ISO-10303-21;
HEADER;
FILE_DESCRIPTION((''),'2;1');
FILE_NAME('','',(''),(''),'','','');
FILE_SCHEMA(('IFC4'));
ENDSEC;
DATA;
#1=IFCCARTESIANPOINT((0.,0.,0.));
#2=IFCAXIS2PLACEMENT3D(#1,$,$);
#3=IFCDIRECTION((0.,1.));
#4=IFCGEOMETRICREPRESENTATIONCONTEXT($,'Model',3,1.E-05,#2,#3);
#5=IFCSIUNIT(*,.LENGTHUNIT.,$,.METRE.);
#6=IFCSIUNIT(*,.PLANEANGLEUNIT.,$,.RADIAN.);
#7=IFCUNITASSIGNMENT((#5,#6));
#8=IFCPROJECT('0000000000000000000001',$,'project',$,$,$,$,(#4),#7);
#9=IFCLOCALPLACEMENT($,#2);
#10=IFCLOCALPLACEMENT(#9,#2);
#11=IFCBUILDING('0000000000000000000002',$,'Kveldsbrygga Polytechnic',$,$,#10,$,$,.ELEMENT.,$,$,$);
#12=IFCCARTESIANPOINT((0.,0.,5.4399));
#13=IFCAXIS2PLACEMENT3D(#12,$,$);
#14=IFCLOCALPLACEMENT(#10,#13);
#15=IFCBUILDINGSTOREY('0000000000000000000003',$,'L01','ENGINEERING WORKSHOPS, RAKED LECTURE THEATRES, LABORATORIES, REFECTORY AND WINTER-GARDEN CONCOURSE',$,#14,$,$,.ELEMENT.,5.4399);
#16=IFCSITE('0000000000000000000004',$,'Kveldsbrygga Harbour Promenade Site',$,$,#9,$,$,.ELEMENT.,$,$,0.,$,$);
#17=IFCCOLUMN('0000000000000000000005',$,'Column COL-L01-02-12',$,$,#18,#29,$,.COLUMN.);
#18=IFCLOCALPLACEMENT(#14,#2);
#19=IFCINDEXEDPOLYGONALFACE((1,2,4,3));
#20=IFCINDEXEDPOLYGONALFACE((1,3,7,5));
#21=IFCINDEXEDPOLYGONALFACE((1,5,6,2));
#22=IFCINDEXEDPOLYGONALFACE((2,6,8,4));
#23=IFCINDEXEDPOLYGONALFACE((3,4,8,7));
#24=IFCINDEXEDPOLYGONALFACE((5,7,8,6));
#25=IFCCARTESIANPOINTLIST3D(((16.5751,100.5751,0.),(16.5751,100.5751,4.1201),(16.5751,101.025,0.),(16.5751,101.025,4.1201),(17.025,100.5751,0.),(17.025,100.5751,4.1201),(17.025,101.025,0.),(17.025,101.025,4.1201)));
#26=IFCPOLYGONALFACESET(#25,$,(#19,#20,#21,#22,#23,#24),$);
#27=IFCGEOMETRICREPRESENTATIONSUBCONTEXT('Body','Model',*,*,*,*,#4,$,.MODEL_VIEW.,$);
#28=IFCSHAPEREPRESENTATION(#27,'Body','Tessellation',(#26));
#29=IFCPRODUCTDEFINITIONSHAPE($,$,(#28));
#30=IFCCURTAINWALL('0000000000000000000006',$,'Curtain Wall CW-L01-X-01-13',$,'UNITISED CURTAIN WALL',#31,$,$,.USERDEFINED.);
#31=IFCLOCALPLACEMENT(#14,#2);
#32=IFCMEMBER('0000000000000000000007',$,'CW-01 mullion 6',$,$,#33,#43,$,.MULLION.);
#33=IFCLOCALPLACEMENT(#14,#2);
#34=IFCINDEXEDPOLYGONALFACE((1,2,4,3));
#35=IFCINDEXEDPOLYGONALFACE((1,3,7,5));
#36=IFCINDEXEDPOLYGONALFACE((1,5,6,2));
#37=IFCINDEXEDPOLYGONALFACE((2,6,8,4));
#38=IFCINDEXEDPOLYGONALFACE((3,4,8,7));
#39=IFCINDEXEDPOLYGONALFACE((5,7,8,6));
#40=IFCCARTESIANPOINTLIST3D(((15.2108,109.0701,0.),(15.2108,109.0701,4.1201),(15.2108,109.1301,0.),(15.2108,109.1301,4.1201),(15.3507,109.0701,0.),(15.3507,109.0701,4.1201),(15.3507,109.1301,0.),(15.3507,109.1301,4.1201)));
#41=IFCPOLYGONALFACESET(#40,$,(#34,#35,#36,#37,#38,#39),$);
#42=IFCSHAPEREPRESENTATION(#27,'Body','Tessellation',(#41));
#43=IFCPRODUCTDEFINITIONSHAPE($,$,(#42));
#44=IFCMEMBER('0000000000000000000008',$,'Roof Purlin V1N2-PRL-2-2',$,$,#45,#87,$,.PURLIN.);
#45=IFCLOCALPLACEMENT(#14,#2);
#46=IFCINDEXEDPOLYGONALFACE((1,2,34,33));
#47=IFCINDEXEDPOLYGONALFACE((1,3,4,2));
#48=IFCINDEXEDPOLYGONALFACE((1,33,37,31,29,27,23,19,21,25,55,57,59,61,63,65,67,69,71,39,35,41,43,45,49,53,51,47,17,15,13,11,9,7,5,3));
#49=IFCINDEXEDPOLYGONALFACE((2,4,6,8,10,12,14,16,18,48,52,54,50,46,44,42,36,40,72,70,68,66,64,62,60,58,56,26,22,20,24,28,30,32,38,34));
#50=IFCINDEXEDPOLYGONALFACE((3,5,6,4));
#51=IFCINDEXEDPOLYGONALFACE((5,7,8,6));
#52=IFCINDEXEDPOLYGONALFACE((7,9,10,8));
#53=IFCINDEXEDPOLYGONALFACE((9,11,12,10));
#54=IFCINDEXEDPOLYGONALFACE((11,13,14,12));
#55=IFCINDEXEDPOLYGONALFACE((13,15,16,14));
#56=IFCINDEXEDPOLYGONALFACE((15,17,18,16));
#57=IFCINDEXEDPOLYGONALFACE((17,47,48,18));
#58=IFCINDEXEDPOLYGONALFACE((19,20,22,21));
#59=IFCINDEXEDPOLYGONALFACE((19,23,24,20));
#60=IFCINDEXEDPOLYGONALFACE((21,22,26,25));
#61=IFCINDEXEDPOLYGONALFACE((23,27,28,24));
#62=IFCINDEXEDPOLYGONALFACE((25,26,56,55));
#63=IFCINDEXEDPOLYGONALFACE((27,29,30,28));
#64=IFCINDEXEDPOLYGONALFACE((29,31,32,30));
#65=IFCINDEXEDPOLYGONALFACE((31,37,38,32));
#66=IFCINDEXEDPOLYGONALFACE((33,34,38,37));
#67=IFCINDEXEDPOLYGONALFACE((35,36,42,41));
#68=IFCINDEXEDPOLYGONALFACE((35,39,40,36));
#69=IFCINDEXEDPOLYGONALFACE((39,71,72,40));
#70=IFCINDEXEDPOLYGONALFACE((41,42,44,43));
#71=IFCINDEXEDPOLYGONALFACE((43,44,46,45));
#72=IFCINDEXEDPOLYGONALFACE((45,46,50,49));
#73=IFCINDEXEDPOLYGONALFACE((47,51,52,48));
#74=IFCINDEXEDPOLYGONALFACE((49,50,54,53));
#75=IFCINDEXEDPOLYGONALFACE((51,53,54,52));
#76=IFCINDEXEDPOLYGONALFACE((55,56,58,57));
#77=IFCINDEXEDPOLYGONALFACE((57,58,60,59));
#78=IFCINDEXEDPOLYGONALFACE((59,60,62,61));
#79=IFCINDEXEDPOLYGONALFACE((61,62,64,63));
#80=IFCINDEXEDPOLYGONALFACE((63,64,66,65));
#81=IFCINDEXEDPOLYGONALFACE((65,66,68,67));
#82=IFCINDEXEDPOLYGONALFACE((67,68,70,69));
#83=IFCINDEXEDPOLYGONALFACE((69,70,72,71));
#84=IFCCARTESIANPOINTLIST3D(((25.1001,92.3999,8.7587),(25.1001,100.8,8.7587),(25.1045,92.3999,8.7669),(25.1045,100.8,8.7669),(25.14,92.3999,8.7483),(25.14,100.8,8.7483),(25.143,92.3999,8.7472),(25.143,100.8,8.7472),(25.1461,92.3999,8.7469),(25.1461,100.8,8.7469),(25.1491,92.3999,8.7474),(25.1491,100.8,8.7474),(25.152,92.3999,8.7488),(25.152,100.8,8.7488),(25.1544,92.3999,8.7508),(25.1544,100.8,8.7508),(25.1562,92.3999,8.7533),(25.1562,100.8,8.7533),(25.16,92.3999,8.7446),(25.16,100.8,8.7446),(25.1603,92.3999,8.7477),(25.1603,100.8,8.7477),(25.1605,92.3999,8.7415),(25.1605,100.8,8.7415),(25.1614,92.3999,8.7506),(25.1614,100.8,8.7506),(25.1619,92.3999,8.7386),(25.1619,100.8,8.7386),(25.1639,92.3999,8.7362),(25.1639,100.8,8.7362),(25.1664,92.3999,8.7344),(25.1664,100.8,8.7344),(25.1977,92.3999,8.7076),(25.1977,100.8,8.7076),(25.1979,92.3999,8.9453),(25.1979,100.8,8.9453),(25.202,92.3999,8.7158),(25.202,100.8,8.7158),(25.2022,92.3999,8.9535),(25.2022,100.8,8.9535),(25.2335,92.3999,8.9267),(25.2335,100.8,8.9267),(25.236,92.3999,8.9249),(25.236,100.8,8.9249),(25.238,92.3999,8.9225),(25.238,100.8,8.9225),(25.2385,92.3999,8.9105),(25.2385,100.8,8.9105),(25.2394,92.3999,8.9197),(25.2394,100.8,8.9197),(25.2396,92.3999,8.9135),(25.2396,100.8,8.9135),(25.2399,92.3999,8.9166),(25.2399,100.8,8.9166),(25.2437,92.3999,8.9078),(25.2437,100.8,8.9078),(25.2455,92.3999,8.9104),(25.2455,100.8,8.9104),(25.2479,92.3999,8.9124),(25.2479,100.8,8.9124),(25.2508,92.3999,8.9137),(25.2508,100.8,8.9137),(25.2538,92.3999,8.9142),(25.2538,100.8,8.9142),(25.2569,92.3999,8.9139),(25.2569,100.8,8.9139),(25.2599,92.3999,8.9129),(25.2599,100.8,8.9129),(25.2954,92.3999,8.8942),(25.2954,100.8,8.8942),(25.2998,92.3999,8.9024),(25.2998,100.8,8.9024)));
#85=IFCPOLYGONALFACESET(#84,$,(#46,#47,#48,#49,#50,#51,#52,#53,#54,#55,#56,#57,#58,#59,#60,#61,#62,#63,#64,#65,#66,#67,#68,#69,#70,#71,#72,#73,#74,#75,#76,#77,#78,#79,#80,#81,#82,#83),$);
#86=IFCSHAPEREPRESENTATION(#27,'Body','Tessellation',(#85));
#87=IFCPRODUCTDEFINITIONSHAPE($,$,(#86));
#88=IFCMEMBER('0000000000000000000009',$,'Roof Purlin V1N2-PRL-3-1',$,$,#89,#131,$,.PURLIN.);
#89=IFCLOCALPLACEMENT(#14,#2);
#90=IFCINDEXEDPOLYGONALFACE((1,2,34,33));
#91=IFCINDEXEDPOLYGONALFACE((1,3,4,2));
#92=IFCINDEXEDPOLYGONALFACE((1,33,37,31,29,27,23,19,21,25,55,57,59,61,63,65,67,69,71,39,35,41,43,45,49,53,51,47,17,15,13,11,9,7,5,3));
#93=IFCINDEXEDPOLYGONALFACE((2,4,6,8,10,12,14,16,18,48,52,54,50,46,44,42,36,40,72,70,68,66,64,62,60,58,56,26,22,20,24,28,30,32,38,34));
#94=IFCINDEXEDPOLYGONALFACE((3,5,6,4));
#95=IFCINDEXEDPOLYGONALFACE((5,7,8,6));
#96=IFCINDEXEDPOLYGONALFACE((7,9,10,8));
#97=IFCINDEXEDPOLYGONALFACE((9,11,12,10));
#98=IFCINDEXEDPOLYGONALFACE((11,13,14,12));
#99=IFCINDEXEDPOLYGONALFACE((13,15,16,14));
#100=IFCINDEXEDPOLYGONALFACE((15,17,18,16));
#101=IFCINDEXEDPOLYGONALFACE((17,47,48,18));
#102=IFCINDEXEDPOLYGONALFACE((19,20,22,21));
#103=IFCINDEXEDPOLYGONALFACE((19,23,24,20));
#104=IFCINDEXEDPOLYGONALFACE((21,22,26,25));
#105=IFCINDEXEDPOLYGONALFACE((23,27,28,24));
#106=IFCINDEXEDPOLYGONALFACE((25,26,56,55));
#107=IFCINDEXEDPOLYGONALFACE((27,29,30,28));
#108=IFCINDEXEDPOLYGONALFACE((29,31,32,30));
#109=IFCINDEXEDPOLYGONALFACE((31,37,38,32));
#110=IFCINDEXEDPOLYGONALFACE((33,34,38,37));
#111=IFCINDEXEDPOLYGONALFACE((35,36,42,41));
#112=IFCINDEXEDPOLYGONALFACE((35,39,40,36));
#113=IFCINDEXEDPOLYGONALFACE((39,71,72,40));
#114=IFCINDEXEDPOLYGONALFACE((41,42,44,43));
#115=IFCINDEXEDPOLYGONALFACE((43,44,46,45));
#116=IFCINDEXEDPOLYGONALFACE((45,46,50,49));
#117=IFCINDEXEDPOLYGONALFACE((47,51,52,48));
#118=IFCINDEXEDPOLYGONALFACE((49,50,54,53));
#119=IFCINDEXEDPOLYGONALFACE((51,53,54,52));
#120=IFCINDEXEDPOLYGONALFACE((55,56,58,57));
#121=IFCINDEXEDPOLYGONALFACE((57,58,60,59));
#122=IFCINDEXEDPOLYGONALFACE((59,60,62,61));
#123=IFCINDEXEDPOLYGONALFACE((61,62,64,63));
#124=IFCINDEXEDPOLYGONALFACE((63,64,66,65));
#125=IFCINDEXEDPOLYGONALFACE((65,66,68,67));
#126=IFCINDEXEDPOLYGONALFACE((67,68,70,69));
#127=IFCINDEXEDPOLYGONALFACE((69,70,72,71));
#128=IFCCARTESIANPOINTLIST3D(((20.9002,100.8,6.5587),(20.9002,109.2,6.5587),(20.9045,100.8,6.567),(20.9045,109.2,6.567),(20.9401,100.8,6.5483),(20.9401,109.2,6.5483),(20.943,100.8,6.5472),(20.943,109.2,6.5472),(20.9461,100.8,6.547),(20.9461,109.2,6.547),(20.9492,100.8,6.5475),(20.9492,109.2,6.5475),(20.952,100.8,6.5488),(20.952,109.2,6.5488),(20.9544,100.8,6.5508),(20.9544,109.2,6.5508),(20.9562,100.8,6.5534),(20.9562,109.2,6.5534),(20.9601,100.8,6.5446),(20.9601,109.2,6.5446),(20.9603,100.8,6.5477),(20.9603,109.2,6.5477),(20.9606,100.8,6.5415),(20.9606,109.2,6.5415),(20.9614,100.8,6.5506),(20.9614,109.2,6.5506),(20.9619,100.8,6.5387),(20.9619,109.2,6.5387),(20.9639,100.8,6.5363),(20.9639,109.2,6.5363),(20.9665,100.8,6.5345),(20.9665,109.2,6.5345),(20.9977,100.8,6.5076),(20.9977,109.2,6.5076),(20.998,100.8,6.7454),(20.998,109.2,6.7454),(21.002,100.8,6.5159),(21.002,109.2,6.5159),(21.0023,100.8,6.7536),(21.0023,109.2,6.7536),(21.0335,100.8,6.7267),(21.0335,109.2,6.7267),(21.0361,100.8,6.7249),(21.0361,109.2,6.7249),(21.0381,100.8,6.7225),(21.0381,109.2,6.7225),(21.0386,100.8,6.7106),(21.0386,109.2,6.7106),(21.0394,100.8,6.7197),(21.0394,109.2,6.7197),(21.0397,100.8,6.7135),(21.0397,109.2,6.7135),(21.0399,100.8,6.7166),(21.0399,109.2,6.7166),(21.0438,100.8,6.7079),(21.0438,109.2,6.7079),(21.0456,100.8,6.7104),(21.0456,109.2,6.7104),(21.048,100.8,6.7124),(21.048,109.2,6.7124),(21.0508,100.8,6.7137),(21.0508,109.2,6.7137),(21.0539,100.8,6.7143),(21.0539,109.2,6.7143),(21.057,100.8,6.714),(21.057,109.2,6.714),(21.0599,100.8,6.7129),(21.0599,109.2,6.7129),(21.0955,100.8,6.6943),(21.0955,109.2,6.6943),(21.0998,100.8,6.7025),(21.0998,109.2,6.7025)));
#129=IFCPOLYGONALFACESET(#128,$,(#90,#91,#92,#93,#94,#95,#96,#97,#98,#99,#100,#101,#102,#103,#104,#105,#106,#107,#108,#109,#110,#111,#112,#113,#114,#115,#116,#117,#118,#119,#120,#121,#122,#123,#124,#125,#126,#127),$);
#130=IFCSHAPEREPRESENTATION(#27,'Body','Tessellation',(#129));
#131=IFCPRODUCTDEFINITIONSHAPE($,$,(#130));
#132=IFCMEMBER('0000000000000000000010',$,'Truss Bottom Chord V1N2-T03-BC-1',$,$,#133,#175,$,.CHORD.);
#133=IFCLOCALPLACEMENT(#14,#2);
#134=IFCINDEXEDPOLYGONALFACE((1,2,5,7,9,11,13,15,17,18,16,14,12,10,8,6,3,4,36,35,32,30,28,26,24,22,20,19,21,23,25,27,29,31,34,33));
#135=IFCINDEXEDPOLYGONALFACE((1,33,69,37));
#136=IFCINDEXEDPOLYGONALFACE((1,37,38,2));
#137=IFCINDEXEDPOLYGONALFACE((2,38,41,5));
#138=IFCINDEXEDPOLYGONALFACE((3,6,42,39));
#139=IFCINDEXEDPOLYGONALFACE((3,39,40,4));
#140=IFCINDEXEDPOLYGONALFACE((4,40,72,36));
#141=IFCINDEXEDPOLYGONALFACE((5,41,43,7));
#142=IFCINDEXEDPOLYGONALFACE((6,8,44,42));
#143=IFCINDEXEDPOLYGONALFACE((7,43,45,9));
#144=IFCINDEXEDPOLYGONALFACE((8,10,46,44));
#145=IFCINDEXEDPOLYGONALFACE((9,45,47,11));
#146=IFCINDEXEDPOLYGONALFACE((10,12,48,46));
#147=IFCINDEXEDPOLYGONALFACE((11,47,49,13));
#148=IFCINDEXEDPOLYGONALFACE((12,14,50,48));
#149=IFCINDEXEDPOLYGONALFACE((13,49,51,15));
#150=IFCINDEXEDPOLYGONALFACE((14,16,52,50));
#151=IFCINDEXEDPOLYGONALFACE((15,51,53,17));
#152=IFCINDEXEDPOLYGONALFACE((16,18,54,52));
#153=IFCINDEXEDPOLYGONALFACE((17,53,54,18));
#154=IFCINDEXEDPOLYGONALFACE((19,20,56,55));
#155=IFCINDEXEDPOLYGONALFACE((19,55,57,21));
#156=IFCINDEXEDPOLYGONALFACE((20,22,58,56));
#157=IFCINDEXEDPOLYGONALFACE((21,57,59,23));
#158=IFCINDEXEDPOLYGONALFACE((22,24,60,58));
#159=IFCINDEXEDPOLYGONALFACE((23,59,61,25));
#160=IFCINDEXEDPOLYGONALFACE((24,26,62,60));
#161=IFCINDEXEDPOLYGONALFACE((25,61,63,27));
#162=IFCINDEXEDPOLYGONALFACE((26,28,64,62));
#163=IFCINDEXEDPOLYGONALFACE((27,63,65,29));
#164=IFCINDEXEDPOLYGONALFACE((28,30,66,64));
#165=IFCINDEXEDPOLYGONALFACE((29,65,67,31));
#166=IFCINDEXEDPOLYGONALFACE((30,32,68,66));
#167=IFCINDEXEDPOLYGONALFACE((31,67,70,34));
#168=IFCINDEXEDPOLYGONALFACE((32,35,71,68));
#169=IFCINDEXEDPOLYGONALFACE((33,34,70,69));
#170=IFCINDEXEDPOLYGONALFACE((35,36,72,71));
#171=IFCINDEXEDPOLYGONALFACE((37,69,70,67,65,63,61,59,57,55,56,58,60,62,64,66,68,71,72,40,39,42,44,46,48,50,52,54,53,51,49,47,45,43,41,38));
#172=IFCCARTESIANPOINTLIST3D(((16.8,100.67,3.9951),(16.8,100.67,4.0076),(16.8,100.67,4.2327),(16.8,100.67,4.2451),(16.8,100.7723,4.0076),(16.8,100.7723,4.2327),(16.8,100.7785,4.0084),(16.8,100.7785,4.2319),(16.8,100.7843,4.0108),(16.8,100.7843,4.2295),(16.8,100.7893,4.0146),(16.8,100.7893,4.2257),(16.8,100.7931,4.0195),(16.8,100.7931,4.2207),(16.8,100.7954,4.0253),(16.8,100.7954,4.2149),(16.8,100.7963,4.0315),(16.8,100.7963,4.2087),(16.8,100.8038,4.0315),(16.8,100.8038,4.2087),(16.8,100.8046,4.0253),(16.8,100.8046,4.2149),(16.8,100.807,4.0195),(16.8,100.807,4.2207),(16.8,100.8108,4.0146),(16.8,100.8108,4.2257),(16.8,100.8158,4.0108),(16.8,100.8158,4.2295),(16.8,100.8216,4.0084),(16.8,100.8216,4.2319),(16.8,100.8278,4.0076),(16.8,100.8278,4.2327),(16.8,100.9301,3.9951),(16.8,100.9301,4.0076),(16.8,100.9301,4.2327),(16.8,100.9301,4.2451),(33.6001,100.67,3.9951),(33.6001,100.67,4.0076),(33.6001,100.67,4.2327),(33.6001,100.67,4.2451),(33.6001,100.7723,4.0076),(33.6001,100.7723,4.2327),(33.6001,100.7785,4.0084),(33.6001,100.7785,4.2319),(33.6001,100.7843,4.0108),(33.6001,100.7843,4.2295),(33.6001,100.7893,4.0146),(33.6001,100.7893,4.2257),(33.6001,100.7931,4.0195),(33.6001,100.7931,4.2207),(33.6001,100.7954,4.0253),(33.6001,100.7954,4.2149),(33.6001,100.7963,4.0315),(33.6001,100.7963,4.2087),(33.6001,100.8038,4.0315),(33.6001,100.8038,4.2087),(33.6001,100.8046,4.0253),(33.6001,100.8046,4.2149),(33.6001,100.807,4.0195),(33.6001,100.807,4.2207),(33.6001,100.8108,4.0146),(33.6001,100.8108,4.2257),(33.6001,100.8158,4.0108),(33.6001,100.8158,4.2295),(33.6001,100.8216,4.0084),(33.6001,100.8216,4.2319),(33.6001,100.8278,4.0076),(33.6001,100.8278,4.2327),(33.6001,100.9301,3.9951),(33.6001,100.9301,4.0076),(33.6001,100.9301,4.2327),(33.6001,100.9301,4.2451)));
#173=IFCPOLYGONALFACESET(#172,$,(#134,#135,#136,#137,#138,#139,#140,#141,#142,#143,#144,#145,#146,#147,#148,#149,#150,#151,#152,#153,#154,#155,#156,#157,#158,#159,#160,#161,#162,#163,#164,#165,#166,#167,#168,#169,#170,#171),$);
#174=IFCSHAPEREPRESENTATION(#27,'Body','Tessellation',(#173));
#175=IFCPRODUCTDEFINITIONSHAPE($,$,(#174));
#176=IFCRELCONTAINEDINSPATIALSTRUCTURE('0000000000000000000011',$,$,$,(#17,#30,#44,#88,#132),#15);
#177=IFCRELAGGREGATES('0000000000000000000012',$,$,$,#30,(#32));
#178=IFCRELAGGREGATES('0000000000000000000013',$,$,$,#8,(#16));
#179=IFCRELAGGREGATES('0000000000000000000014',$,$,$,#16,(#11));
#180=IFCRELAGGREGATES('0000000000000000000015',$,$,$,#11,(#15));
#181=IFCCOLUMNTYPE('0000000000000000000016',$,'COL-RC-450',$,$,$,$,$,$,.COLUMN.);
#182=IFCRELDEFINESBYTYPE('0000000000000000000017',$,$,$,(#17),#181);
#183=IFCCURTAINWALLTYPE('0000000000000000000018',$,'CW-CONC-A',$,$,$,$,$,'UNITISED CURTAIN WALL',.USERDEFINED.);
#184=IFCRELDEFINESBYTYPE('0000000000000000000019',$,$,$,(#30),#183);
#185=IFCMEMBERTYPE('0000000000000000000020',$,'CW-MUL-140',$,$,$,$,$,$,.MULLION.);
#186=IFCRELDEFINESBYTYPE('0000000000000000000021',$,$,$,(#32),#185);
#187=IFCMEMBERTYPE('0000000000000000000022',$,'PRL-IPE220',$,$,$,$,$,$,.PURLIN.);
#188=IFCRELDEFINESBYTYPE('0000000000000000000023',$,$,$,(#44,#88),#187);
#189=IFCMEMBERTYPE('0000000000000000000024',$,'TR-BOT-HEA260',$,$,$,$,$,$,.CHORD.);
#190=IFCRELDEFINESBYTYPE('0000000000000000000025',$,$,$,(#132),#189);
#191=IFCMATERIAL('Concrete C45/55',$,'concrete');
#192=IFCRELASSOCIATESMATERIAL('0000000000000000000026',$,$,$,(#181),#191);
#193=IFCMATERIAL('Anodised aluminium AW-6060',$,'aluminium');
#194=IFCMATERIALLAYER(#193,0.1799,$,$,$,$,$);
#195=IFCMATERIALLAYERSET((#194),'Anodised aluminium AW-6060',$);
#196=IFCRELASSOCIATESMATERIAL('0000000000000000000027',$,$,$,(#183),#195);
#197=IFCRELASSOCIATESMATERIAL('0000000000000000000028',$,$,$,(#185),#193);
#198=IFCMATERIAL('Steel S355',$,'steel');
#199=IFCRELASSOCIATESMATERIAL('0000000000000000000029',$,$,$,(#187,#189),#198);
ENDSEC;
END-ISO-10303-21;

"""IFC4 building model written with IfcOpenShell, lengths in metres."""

from ifc_helpers import new_model, si_unit, direction, frame, origin, origin_2d, place, context, subcontext, project, spatial, rectangle, i_section, extrude, material, layer, layer_set, material_profile, profile_set, type_object, element, aggregate, save


model = new_model("IFC4")

# Units and contexts
model_context = context("Model", 3, precision=1e-05, world=origin(), true_north=direction((0.0, 1.0)))
body_context = subcontext(model_context, "Body", "Model", "MODEL_VIEW")
ifc_project = project(units=[si_unit("LENGTHUNIT", "METRE"), si_unit("PLANEANGLEUNIT", "RADIAN")], contexts=[model_context])

# Site, building, storey
site_placement = place(None, origin())
site = spatial("IfcSite", under=ifc_project, at=site_placement, Name="Kveldsbrygga Harbour Promenade Site", CompositionType="ELEMENT", RefElevation=0.0)
building_placement = place(site_placement, origin())
building = spatial("IfcBuilding", under=site, at=building_placement, Name="Kveldsbrygga Polytechnic", CompositionType="ELEMENT")
storey_placement = place(building_placement, frame((0.0, 0.0, 5.4399)))
storey = spatial("IfcBuildingStorey", under=building, at=storey_placement, Name="L01", Description="ENGINEERING WORKSHOPS, RAKED LECTURE THEATRES, LABORATORIES, REFECTORY AND WINTER-GARDEN CONCOURSE", CompositionType="ELEMENT", Elevation=5.4399)

# Column
ifc_material_1 = material(Name="Concrete C45/55", Category="concrete")
ifc_material_profile_1 = material_profile(ifc_material_1, rectangle(XDim=0.45, YDim=0.45, at=origin_2d()), Name="RC 450x450")
ifc_profile_set_1 = profile_set([ifc_material_profile_1], Name="Concrete C45/55")
column_type = type_object("IfcColumnType", Name="COL-RC-450", PredefinedType="COLUMN", material=ifc_profile_set_1)
column_placement = place(storey_placement, frame((16.8, 100.8, 0.0), z_axis=(0.0, 0.0, 1.0), x_axis=(1.0, 0.0, 0.0)))
element("IfcColumn", 1, at=column_placement, inside=storey, type_object=column_type, Name="Column COL-L01-02-12", PredefinedType="COLUMN", context=body_context, shape_type="SweptSolid", body=[
    extrude(rectangle(XDim=0.45, YDim=0.45, at=origin_2d()), origin(), (0.0, 0.0, 1.0), 4.1201),
])

# Curtain wall, member
ifc_material_2 = material(Name="Anodised aluminium AW-6060", Category="aluminium")
ifc_layer_1 = layer(ifc_material_2, 0.1799)
ifc_layer_set_1 = layer_set([ifc_layer_1], Name="Anodised aluminium AW-6060")
curtain_wall_type = type_object("IfcCurtainWallType", Name="CW-CONC-A", ElementType="UNITISED CURTAIN WALL", PredefinedType="USERDEFINED", material=ifc_layer_set_1)
curtain_wall_placement = place(storey_placement, origin())
curtain_wall = element("IfcCurtainWall", 2, at=curtain_wall_placement, inside=storey, type_object=curtain_wall_type, Name="Curtain Wall CW-L01-X-01-13", ObjectType="UNITISED CURTAIN WALL", PredefinedType="USERDEFINED")
ifc_material_profile_2 = material_profile(ifc_material_2, rectangle(XDim=0.0601, YDim=0.1399, at=origin_2d()), Name="ALU 60x140")
ifc_profile_set_2 = profile_set([ifc_material_profile_2], Name="Anodised aluminium AW-6060")
member_type_1 = type_object("IfcMemberType", Name="CW-MUL-140", PredefinedType="MULLION", material=ifc_profile_set_2)
member_1_placement = place(storey_placement, frame((15.2808, 109.1001, 0.0), z_axis=(0.0, 0.0, 1.0), x_axis=(0.0, 1.0, 0.0)))
member_1 = element("IfcMember", 3, at=member_1_placement, type_object=member_type_1, Name="CW-01 mullion 6", PredefinedType="MULLION", context=body_context, shape_type="SweptSolid", body=[
    extrude(rectangle(XDim=0.0601, YDim=0.1399, at=origin_2d()), origin(), (0.0, 0.0, 1.0), 4.1201),
])

# Members
ifc_material_3 = material(Name="Steel S355", Category="steel")
ifc_material_profile_3 = material_profile(ifc_material_3, i_section(OverallWidth=0.1101, OverallDepth=0.22, WebThickness=0.0059, FlangeThickness=0.0093, FilletRadius=0.012, at=origin_2d()), Name="IPE 220")
ifc_profile_set_3 = profile_set([ifc_material_profile_3], Name="Steel S355")
member_type_2 = type_object("IfcMemberType", Name="PRL-IPE220", PredefinedType="PURLIN", material=ifc_profile_set_3)
member_2_placement = place(storey_placement, frame((25.2, 92.3999, 8.8306), z_axis=(0.0, 1.0, 0.0), x_axis=(-0.885831, 0.0, 0.464007)))
element("IfcMember", 4, at=member_2_placement, inside=storey, type_object=member_type_2, Name="Roof Purlin V1N2-PRL-2-2", PredefinedType="PURLIN", context=body_context, shape_type="SweptSolid", body=[
    extrude(i_section(OverallWidth=0.1101, OverallDepth=0.22, WebThickness=0.0059, FlangeThickness=0.0093, FilletRadius=0.012, at=origin_2d()), origin(), (0.0, 0.0, 1.0), 8.4001),
])
member_3_placement = place(storey_placement, frame((21.0, 100.8, 6.6306), z_axis=(0.0, 1.0, 0.0), x_axis=(-0.885831, 0.0, 0.464007)))
element("IfcMember", 5, at=member_3_placement, inside=storey, type_object=member_type_2, Name="Roof Purlin V1N2-PRL-3-1", PredefinedType="PURLIN", context=body_context, shape_type="SweptSolid", body=[
    extrude(i_section(OverallWidth=0.1101, OverallDepth=0.22, WebThickness=0.0059, FlangeThickness=0.0093, FilletRadius=0.012, at=origin_2d()), origin(), (0.0, 0.0, 1.0), 8.3999),
])
ifc_material_profile_4 = material_profile(ifc_material_3, i_section(OverallWidth=0.26, OverallDepth=0.25, WebThickness=0.0076, FlangeThickness=0.0125, FilletRadius=0.0239, at=origin_2d()), Name="HEA 260")
ifc_profile_set_4 = profile_set([ifc_material_profile_4], Name="Steel S355")
member_type_3 = type_object("IfcMemberType", Name="TR-BOT-HEA260", PredefinedType="CHORD", material=ifc_profile_set_4)
member_4_placement = place(storey_placement, frame((16.8, 100.8, 4.1201), z_axis=(1.0, 0.0, 0.0), x_axis=(0.0, 1.0, 0.0)))
element("IfcMember", 6, at=member_4_placement, inside=storey, type_object=member_type_3, Name="Truss Bottom Chord V1N2-T03-BC-1", PredefinedType="CHORD", context=body_context, shape_type="SweptSolid", body=[
    extrude(i_section(OverallWidth=0.26, OverallDepth=0.25, WebThickness=0.0076, FlangeThickness=0.0125, FilletRadius=0.0239, at=origin_2d()), origin(), (0.0, 0.0, 1.0), 16.8),
])

aggregate(curtain_wall, [member_1])

save(model, "model.ifc")
